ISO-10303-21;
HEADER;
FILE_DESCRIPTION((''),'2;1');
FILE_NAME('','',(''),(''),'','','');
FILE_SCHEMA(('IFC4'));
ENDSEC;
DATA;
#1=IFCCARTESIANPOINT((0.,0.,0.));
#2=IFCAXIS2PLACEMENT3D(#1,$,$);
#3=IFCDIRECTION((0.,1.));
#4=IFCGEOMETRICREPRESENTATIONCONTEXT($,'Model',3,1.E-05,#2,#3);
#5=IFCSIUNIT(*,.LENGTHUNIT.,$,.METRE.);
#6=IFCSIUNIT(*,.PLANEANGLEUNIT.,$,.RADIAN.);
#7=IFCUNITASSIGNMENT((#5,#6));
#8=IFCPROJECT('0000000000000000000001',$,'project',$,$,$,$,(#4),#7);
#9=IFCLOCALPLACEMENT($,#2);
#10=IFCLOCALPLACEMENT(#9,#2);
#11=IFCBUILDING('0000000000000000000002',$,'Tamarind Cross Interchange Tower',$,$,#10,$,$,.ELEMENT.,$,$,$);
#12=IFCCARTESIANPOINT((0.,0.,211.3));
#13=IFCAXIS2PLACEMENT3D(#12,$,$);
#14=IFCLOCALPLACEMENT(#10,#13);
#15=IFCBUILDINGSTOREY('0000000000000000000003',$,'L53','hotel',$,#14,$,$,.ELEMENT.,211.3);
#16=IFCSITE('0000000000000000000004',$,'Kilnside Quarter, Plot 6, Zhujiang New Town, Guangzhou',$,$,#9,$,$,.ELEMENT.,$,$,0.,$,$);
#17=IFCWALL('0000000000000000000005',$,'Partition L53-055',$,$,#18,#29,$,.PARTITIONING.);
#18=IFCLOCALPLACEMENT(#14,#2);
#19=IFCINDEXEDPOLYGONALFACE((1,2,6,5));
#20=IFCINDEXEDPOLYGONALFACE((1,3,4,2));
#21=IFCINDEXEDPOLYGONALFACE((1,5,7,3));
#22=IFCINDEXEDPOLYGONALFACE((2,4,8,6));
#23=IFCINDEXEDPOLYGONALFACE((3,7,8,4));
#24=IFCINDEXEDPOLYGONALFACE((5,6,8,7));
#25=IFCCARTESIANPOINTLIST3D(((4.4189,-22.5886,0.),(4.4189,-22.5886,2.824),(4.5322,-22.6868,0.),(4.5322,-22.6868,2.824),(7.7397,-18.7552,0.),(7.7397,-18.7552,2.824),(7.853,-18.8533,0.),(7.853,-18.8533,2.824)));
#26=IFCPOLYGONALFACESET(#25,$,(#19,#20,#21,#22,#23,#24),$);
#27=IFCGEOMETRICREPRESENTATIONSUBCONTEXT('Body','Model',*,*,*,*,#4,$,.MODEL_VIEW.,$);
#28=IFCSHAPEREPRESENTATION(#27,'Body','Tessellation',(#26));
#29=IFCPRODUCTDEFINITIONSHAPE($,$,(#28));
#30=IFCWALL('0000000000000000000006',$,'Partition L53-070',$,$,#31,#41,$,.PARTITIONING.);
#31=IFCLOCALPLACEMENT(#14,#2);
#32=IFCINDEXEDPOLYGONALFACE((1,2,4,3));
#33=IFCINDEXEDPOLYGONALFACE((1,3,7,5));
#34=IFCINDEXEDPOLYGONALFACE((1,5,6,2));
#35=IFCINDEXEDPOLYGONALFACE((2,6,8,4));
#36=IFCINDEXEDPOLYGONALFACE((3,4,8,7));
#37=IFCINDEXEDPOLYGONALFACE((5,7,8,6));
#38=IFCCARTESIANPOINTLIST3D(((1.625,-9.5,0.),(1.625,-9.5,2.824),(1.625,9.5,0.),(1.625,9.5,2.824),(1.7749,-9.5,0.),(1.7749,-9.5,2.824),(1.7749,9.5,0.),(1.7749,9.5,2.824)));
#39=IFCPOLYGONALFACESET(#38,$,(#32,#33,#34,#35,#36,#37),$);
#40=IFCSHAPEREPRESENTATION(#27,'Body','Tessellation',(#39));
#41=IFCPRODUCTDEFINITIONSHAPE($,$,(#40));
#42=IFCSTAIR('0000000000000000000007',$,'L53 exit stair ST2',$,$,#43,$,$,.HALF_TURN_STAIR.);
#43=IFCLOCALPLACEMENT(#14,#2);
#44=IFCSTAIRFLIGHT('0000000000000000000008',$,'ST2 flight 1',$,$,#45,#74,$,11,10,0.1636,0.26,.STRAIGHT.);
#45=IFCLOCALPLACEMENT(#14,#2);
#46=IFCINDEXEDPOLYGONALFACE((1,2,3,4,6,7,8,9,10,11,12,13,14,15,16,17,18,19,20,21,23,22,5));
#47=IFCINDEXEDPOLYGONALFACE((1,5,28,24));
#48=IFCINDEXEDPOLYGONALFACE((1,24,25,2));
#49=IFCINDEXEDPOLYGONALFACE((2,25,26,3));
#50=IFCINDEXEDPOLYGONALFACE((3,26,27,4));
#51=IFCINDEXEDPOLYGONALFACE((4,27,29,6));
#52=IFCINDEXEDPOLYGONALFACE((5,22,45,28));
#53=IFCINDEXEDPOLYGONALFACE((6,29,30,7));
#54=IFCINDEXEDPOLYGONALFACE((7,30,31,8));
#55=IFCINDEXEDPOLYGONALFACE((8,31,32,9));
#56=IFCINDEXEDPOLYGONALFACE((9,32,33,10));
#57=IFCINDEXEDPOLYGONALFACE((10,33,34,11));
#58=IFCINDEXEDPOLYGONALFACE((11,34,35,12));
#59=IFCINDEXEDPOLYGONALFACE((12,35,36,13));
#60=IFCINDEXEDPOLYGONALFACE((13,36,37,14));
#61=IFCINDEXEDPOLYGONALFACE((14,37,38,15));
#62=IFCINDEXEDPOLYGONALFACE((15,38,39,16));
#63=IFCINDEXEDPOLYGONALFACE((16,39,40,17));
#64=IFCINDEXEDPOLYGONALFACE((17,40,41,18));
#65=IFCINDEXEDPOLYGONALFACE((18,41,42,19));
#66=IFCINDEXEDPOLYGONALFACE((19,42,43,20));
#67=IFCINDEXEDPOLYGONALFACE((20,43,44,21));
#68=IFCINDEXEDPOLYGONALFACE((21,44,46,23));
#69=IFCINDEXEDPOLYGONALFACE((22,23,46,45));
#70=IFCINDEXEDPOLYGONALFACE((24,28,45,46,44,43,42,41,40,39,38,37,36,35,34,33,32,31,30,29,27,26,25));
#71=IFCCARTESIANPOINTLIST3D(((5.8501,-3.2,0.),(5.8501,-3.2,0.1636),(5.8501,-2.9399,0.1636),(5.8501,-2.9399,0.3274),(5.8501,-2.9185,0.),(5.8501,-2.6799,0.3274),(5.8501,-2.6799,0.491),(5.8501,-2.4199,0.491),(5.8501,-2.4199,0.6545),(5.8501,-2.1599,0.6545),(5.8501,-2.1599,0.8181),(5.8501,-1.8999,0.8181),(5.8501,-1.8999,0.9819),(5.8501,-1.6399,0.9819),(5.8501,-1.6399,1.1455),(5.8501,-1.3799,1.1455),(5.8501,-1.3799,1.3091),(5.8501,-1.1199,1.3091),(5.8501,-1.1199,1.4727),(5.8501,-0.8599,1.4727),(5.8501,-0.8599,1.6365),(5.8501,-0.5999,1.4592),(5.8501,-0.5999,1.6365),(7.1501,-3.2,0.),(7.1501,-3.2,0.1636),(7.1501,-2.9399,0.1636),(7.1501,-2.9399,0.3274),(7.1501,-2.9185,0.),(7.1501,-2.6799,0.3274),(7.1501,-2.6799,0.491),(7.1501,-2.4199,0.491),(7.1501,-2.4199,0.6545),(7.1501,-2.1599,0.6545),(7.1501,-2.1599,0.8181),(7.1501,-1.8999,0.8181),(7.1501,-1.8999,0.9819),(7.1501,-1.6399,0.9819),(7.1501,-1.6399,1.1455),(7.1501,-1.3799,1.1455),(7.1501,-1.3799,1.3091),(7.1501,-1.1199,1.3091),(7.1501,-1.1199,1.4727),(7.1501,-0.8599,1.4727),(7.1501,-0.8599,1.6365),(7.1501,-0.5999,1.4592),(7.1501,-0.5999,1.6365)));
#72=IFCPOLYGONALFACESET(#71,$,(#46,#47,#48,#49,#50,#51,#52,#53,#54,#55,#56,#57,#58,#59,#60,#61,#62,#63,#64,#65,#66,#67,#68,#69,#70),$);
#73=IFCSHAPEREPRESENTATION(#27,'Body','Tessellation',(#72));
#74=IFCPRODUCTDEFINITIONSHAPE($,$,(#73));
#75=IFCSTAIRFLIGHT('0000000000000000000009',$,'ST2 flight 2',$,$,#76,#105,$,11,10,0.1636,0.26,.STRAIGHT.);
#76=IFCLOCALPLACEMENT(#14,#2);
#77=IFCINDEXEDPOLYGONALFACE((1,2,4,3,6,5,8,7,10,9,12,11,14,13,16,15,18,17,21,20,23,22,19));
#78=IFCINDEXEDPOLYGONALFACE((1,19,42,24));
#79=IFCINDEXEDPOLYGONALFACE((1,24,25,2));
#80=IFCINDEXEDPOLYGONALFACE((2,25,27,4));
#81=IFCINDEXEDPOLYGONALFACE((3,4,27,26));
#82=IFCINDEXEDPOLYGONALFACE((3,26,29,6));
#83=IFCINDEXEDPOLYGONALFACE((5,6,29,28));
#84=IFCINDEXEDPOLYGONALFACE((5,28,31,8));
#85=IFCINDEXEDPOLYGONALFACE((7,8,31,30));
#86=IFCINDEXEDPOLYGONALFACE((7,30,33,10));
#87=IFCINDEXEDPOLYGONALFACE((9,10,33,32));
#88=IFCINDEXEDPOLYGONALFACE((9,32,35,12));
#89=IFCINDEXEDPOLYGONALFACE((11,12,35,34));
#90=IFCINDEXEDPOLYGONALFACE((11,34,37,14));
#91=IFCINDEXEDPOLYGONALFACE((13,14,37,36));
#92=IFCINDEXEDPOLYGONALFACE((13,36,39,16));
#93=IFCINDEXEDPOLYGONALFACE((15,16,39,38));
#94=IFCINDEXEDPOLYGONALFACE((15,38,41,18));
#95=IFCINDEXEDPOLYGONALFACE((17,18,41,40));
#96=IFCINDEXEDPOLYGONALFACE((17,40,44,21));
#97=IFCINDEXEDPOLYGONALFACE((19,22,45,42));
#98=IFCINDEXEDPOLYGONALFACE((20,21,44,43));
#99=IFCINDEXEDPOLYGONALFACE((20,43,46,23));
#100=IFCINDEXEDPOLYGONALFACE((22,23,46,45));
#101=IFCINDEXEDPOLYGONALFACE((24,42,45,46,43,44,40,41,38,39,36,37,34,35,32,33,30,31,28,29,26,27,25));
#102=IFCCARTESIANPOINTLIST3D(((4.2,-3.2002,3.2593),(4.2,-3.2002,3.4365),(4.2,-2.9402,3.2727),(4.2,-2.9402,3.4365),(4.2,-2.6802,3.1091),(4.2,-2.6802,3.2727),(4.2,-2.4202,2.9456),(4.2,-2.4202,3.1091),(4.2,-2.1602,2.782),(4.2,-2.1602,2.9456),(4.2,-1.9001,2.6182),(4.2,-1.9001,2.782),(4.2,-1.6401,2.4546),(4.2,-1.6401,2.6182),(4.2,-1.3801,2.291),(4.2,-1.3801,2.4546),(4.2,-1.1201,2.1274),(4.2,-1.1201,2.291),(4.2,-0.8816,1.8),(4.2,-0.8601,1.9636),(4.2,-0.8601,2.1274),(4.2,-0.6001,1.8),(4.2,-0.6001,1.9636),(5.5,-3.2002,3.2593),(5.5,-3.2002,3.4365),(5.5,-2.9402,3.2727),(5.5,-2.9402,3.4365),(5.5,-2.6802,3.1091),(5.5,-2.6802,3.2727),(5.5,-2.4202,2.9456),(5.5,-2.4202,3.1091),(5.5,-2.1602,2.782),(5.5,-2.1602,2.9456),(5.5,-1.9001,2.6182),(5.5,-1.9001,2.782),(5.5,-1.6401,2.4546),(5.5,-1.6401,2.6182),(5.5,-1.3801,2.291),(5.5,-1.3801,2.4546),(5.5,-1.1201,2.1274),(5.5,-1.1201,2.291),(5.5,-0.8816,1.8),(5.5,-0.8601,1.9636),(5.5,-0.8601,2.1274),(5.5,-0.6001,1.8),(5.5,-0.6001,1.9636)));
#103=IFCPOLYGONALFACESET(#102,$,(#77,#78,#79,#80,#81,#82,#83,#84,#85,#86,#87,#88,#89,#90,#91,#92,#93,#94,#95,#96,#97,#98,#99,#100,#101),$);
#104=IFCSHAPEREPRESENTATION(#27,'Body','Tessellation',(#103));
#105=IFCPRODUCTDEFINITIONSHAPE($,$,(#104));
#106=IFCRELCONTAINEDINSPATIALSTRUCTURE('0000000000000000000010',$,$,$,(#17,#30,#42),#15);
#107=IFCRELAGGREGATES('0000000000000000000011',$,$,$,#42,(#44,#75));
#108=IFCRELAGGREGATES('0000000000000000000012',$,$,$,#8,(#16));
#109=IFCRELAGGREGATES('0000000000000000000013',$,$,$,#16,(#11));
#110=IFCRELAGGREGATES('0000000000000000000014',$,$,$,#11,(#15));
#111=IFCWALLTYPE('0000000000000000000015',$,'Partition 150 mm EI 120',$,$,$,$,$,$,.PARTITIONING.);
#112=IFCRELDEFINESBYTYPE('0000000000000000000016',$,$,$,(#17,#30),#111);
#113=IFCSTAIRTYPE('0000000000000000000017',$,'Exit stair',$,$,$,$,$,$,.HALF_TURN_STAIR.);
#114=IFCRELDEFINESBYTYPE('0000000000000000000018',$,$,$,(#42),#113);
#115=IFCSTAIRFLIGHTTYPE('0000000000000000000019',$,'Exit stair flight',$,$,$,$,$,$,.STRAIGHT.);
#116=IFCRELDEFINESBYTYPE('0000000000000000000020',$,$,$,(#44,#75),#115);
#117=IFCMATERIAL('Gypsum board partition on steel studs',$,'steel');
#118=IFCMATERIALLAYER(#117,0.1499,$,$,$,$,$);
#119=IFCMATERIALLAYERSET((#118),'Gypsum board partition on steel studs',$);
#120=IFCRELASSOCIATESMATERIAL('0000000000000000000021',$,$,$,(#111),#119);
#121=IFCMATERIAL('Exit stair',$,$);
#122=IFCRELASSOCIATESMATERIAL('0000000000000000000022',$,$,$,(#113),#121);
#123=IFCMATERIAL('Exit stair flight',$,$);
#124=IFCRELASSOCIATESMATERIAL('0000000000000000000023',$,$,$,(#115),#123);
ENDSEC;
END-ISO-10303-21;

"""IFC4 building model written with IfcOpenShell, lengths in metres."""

from ifc_helpers import new_model, si_unit, direction, frame, frame_2d, origin, place, context, subcontext, project, spatial, polyline, rectangle, outline, extrude, material, layer, layer_set, type_object, element, aggregate, save


model = new_model("IFC4")

# Units and contexts
model_context = context("Model", 3, precision=1e-05, world=origin(), true_north=direction((0.0, 1.0)))
body_context = subcontext(model_context, "Body", "Model", "MODEL_VIEW")
ifc_project = project(units=[si_unit("LENGTHUNIT", "METRE"), si_unit("PLANEANGLEUNIT", "RADIAN")], contexts=[model_context])

# Site, building, storey
site_placement = place(None, origin())
site = spatial("IfcSite", under=ifc_project, at=site_placement, Name="Kilnside Quarter, Plot 6, Zhujiang New Town, Guangzhou", CompositionType="ELEMENT", RefElevation=0.0)
building_placement = place(site_placement, origin())
building = spatial("IfcBuilding", under=site, at=building_placement, Name="Tamarind Cross Interchange Tower", CompositionType="ELEMENT")
storey_placement = place(building_placement, frame((0.0, 0.0, 211.3)))
storey = spatial("IfcBuildingStorey", under=building, at=storey_placement, Name="L53", Description="hotel", CompositionType="ELEMENT", Elevation=211.3)

# Walls
ifc_material_1 = material(Name="Gypsum board partition on steel studs", Category="steel")
ifc_layer_1 = layer(ifc_material_1, 0.1499)
ifc_layer_set_1 = layer_set([ifc_layer_1], Name="Gypsum board partition on steel studs")
wall_type_1 = type_object("IfcWallType", Name="Partition 150 mm EI 120", PredefinedType="PARTITIONING", material=ifc_layer_set_1)
wall_1_placement = place(storey_placement, frame((4.4756, -22.6377, 0.0), z_axis=(0.0, 0.0, 1.0), x_axis=(0.654755, 0.755842, 0.0)))
element("IfcWall", 1, at=wall_1_placement, inside=storey, type_object=wall_type_1, Name="Partition L53-055", PredefinedType="PARTITIONING", context=body_context, shape_type="SweptSolid", body=[
    extrude(rectangle(XDim=5.0718, YDim=0.1499, at=frame_2d((2.5359, 0.0))), origin(), (0.0, 0.0, 1.0), 2.824),
])
wall_2_placement = place(storey_placement, frame((1.7, -9.5, 0.0), z_axis=(0.0, 0.0, 1.0), x_axis=(0.0, 1.0, 0.0)))
element("IfcWall", 2, at=wall_2_placement, inside=storey, type_object=wall_type_1, Name="Partition L53-070", PredefinedType="PARTITIONING", context=body_context, shape_type="SweptSolid", body=[
    extrude(rectangle(XDim=19.0, YDim=0.1499, at=frame_2d((9.5, 0.0))), origin(), (0.0, 0.0, 1.0), 2.824),
])

# Stair, stair flights
ifc_material_2 = material(Name="Exit stair")
stair_type = type_object("IfcStairType", Name="Exit stair", PredefinedType="HALF_TURN_STAIR", material=ifc_material_2)
stair_placement = place(storey_placement, origin())
stair = element("IfcStair", 3, at=stair_placement, inside=storey, type_object=stair_type, Name="L53 exit stair ST2", PredefinedType="HALF_TURN_STAIR")
ifc_material_3 = material(Name="Exit stair flight")
stair_flight_type = type_object("IfcStairFlightType", Name="Exit stair flight", PredefinedType="STRAIGHT", material=ifc_material_3)
stair_flight_1_placement = place(storey_placement, frame((6.5, -3.2, 0.0), z_axis=(0.0, 0.0, 1.0), x_axis=(0.0, 1.0, 0.0)))
stair_flight_1 = element("IfcStairFlight", 4, at=stair_flight_1_placement, type_object=stair_flight_type, Name="ST2 flight 1", NumberOfRisers=11, NumberOfTreads=10, PredefinedType="STRAIGHT", RiserHeight=0.1636, TreadLength=0.26, context=body_context, shape_type="SweptSolid", body=[
    extrude(outline(polyline([(0.0, 0.0), (0.0, 0.1636), (0.26, 0.1636), (0.26, 0.3274), (0.52, 0.3274), (0.52, 0.491), (0.78, 0.491), (0.78, 0.6545), (1.04, 0.6545), (1.04, 0.8181), (1.3, 0.8181), (1.3, 0.9819), (1.5601, 0.9819), (1.5601, 1.1455), (1.8201, 1.1455), (1.8201, 1.3091), (2.0801, 1.3091), (2.0801, 1.4727), (2.3401, 1.4727), (2.3401, 1.6365), (2.6001, 1.6365), (2.6001, 1.8), (2.6001, 1.4592), (0.2815, 0.0), (0.0, 0.0)])), frame((0.0, 0.6499, 0.0), z_axis=(0.0, -1.0, 0.0), x_axis=(1.0, 0.0, 0.0)), (0.0, 0.0, 1.0), 1.3),
])
stair_flight_2_placement = place(storey_placement, frame((4.8501, -0.6001, 1.8), z_axis=(0.0, 0.0, 1.0), x_axis=(0.0, -1.0, 0.0)))
stair_flight_2 = element("IfcStairFlight", 5, at=stair_flight_2_placement, type_object=stair_flight_type, Name="ST2 flight 2", NumberOfRisers=11, NumberOfTreads=10, PredefinedType="STRAIGHT", RiserHeight=0.1636, TreadLength=0.26, context=body_context, shape_type="SweptSolid", body=[
    extrude(outline(polyline([(0.0, 0.0), (0.0, 0.1636), (0.26, 0.1636), (0.26, 0.3274), (0.52, 0.3274), (0.52, 0.491), (0.78, 0.491), (0.78, 0.6545), (1.04, 0.6545), (1.04, 0.8181), (1.3, 0.8181), (1.3, 0.9819), (1.5601, 0.9819), (1.5601, 1.1455), (1.8201, 1.1455), (1.8201, 1.3091), (2.0801, 1.3091), (2.0801, 1.4727), (2.3401, 1.4727), (2.3401, 1.6365), (2.6001, 1.6365), (2.6001, 1.8), (2.6001, 1.4592), (0.2815, 0.0), (0.0, 0.0)])), frame((0.0, 0.6499, 0.0), z_axis=(0.0, -1.0, 0.0), x_axis=(1.0, 0.0, 0.0)), (0.0, 0.0, 1.0), 1.3),
])
aggregate(stair, [stair_flight_1, stair_flight_2])

save(model, "model.ifc")
